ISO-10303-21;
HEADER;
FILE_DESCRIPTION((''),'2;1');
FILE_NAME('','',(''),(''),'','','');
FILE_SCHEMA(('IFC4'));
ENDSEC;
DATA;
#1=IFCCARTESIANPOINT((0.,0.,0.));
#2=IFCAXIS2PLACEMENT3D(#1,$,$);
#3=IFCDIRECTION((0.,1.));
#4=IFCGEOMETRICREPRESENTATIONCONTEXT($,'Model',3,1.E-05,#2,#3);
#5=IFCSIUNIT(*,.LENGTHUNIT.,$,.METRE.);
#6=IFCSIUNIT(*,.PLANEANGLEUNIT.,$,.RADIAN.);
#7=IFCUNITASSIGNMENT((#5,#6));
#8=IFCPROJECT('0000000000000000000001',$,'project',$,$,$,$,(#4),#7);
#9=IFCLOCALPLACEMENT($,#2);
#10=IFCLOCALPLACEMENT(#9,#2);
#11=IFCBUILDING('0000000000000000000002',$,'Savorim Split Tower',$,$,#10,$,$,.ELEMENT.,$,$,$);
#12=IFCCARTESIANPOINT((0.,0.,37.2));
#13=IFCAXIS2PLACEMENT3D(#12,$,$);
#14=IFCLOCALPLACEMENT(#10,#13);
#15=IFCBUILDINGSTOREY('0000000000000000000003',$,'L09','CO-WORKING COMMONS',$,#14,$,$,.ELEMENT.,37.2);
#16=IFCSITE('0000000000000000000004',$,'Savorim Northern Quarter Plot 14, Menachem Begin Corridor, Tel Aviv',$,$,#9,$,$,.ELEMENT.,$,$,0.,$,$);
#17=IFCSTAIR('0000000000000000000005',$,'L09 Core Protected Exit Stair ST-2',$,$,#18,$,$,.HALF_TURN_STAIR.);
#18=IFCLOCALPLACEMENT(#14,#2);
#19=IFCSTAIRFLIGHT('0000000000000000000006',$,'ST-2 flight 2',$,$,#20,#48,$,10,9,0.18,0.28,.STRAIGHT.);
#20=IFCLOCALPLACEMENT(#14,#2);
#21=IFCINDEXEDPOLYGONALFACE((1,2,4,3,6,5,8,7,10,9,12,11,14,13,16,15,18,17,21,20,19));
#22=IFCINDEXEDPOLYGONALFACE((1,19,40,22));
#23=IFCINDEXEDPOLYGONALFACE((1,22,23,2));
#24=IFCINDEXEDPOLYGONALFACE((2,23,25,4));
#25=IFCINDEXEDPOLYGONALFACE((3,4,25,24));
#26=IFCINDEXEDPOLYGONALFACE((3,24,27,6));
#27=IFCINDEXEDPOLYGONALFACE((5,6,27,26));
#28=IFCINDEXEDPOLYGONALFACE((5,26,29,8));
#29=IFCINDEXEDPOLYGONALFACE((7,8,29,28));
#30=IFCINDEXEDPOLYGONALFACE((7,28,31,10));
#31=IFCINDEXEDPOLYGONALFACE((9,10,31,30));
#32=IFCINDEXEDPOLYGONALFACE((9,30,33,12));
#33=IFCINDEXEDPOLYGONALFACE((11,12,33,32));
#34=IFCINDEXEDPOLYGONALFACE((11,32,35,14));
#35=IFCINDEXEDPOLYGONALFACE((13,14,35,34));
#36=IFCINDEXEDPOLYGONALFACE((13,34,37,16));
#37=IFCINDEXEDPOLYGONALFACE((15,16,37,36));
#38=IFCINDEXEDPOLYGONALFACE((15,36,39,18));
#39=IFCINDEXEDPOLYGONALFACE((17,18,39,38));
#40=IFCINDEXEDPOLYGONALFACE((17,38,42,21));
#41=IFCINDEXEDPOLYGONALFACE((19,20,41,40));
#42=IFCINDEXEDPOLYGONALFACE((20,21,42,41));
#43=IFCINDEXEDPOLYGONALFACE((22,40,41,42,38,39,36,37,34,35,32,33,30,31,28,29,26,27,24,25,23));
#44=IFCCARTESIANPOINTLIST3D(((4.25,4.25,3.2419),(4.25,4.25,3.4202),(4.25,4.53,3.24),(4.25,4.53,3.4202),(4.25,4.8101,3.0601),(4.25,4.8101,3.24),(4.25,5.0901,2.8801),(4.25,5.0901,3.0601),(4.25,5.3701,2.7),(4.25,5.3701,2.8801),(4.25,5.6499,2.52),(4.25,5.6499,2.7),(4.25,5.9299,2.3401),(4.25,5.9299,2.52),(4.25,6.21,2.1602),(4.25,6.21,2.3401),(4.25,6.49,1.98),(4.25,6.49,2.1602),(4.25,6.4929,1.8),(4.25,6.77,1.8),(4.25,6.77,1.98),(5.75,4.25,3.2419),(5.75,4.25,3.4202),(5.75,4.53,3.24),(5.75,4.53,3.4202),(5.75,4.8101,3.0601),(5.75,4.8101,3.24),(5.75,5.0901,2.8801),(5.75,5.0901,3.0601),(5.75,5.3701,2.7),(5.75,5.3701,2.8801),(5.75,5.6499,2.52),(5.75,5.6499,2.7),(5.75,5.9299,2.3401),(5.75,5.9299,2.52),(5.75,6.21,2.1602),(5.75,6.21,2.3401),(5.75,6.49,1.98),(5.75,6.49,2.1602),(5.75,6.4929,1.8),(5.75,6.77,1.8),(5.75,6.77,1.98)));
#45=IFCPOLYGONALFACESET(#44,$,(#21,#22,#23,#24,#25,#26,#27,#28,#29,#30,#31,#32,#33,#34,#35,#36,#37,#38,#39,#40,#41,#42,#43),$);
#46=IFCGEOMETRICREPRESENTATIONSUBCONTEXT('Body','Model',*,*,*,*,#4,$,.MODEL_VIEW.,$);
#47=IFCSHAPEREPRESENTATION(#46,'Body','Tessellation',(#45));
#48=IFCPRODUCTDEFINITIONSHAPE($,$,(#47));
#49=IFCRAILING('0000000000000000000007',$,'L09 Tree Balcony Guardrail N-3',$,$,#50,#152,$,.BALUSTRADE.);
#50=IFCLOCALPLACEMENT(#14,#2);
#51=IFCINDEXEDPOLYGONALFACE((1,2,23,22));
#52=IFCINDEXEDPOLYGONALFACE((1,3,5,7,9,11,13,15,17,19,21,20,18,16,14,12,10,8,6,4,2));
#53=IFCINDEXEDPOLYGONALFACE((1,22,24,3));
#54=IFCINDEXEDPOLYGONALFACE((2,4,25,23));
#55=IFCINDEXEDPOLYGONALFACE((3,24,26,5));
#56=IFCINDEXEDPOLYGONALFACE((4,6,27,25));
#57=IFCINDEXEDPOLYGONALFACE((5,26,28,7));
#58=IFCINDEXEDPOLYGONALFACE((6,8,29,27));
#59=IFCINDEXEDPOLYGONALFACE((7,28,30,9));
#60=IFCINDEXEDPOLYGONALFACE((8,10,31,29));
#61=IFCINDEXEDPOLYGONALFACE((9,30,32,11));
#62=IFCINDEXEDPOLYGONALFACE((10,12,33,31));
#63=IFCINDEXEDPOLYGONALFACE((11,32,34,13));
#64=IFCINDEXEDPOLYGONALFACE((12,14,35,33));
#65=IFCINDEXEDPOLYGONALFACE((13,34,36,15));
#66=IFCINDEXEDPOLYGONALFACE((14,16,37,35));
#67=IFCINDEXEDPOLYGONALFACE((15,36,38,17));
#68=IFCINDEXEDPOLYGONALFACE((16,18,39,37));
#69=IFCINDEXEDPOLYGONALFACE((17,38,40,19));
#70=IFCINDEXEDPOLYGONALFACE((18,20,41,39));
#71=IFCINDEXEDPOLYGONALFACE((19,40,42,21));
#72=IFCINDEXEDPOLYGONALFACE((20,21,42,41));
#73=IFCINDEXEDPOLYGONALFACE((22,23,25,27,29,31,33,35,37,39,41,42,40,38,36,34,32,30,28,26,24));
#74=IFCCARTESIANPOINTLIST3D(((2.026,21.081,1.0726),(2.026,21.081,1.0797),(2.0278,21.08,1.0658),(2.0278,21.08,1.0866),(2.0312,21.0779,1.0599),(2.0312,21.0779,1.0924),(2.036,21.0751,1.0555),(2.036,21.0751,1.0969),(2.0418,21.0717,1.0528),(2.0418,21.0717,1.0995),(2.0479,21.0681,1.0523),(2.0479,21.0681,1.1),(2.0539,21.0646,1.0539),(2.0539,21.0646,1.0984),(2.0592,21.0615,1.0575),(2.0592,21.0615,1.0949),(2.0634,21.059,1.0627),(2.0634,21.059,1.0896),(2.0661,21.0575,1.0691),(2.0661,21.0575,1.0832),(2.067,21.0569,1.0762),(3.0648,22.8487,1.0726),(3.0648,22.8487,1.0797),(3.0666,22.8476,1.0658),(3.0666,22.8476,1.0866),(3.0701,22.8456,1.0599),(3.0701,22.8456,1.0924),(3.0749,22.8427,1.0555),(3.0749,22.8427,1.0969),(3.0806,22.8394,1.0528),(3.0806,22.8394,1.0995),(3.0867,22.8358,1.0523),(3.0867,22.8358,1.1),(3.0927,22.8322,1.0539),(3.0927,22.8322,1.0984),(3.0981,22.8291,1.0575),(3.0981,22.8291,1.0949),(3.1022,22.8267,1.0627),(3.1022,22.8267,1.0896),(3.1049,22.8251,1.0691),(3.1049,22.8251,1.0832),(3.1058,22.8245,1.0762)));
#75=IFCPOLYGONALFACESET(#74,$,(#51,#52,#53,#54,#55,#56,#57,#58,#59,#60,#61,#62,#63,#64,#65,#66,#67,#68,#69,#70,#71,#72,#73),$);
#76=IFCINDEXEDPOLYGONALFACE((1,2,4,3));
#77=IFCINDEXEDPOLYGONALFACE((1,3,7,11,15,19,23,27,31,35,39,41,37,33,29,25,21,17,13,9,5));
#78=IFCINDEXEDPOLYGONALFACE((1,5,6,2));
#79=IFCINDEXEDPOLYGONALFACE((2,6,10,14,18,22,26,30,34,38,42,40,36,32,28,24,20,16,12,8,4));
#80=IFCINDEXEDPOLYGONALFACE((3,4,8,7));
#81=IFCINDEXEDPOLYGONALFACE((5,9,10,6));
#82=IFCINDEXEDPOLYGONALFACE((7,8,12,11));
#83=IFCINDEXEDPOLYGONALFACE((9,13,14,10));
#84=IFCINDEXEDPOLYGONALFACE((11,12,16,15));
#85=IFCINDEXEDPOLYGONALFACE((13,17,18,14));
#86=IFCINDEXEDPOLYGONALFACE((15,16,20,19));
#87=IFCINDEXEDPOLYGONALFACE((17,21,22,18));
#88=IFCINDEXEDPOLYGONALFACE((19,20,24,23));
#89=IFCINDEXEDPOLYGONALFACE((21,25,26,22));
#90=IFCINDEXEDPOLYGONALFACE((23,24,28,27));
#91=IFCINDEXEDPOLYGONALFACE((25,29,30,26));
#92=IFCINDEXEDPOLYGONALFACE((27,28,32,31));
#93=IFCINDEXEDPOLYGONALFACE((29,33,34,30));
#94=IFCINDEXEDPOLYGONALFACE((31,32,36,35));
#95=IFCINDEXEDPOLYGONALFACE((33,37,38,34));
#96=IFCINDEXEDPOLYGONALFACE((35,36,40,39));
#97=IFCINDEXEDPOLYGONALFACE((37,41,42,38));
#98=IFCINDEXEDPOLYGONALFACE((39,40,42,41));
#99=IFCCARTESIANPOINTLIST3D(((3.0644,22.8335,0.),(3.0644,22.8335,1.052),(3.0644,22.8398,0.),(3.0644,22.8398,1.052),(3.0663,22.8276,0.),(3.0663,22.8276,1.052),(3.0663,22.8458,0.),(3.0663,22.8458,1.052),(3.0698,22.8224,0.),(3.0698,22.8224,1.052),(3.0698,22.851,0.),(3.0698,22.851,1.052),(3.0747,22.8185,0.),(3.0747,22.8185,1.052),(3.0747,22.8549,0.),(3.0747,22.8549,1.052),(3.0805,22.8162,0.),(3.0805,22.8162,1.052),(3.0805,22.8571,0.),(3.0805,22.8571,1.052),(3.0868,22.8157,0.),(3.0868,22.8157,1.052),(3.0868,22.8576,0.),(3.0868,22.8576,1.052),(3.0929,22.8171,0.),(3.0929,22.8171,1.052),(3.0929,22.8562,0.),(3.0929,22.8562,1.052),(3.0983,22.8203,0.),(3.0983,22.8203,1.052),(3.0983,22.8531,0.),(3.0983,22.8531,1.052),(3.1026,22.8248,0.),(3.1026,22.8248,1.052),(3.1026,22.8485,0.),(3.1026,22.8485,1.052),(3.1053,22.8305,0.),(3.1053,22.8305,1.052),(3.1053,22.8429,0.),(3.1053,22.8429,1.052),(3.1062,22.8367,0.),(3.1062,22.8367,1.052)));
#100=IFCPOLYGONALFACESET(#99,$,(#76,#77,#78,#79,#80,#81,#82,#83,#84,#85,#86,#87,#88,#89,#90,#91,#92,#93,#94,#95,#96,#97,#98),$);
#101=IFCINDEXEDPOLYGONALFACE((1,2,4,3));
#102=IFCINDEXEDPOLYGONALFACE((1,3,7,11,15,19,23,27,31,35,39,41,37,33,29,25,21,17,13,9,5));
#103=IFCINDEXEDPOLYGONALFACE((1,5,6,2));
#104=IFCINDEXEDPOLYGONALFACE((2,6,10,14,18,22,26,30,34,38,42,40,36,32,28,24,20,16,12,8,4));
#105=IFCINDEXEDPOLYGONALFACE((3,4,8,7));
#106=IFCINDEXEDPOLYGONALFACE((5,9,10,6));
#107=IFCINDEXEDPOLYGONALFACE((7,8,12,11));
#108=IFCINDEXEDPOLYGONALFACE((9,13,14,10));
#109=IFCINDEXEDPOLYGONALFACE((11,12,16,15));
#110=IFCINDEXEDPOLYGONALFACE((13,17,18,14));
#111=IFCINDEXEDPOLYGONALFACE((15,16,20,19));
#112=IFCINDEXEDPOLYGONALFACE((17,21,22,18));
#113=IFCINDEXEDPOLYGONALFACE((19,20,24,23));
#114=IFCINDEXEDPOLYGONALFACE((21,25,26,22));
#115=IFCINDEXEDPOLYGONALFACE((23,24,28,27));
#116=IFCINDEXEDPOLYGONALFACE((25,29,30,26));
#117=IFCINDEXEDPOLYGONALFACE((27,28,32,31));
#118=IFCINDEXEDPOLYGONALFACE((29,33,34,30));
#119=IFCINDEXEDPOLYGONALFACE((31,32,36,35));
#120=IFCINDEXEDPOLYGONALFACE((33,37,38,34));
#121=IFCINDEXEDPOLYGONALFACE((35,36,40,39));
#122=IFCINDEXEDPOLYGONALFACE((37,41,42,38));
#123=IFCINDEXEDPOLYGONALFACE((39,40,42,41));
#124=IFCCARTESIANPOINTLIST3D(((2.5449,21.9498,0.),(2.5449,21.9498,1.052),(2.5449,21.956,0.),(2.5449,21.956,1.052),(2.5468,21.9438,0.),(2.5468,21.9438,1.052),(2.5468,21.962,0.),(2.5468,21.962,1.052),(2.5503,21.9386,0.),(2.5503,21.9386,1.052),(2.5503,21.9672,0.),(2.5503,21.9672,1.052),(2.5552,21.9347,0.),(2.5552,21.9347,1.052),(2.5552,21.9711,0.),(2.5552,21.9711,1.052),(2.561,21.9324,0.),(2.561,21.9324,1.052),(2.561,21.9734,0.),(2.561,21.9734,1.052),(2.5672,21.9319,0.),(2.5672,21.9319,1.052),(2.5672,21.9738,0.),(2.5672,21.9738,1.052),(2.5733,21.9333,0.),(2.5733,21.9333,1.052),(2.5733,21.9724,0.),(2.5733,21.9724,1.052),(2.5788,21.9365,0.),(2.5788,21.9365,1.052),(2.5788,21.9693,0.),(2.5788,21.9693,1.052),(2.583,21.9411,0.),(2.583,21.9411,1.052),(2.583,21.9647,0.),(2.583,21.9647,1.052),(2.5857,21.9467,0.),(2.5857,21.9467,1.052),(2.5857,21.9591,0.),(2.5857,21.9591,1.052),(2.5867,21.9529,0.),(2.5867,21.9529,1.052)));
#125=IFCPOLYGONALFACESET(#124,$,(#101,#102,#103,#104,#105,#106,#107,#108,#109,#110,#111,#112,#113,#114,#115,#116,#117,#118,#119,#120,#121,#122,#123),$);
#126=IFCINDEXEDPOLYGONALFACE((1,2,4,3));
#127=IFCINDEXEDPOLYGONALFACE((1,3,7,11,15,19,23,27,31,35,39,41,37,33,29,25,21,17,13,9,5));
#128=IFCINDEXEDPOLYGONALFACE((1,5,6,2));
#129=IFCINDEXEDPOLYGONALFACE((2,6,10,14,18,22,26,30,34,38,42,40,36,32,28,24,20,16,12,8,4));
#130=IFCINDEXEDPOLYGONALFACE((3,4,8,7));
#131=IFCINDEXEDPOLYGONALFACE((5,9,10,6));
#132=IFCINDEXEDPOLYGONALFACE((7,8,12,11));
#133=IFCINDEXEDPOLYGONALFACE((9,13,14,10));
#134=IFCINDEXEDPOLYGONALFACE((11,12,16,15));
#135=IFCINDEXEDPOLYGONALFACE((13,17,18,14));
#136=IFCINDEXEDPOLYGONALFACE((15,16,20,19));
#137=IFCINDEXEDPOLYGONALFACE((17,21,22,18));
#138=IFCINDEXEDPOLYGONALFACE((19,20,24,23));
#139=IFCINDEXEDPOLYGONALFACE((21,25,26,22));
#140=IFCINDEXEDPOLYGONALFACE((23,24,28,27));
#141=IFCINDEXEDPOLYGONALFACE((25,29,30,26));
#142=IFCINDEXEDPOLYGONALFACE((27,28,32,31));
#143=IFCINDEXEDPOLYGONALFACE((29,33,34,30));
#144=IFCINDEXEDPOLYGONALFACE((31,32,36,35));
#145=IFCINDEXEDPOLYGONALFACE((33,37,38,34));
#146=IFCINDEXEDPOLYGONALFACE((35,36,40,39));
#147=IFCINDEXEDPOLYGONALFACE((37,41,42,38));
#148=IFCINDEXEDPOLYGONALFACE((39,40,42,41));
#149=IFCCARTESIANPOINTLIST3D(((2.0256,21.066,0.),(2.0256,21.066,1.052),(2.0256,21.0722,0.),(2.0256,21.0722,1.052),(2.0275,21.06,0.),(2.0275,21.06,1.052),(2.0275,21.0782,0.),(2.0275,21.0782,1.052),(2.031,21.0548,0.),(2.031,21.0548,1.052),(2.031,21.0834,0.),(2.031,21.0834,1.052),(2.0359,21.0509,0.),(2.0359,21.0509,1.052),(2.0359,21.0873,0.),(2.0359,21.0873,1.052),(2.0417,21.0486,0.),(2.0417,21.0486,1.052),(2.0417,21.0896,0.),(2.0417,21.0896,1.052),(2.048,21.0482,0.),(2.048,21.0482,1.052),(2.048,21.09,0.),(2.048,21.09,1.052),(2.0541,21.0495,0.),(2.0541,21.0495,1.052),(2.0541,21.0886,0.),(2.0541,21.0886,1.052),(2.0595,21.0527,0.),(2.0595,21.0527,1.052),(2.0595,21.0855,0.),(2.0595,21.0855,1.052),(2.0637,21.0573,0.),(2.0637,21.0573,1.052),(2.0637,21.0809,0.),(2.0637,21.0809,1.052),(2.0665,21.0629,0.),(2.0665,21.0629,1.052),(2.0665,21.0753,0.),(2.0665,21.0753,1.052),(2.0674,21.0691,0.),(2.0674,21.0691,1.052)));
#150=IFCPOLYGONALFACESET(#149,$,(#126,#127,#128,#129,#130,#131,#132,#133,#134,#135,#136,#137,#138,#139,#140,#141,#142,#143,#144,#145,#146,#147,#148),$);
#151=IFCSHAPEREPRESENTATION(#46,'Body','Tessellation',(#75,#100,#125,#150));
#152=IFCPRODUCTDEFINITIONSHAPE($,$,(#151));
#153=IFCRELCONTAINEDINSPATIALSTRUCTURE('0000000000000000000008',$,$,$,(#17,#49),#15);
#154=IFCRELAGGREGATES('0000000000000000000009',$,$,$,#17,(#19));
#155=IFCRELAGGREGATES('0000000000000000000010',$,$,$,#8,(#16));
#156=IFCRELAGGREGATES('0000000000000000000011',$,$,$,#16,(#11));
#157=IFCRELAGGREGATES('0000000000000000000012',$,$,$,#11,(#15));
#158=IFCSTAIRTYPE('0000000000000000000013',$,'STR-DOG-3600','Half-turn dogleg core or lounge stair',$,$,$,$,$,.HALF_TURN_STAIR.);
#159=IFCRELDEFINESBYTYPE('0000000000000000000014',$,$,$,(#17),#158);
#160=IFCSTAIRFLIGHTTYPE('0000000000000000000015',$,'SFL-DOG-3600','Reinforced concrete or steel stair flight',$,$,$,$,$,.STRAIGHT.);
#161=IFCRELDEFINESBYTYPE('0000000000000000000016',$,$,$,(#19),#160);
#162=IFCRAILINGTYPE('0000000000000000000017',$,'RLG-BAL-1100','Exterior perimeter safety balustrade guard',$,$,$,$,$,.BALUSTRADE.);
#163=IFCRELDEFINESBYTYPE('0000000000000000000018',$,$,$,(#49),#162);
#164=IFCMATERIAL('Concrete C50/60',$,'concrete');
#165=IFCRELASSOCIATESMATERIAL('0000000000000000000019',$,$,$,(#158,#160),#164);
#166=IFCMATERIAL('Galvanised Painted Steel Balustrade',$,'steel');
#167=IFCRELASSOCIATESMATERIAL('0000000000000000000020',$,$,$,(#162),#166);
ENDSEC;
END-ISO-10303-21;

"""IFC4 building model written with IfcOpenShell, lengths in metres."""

from ifc_helpers import new_model, si_unit, direction, frame, origin, origin_2d, place, context, subcontext, project, spatial, polyline, circle, outline, extrude, material, type_object, element, aggregate, save


model = new_model("IFC4")

# Units and contexts
model_context = context("Model", 3, precision=1e-05, world=origin(), true_north=direction((0.0, 1.0)))
body_context = subcontext(model_context, "Body", "Model", "MODEL_VIEW")
ifc_project = project(units=[si_unit("LENGTHUNIT", "METRE"), si_unit("PLANEANGLEUNIT", "RADIAN")], contexts=[model_context])

# Site, building, storey
site_placement = place(None, origin())
site = spatial("IfcSite", under=ifc_project, at=site_placement, Name="Savorim Northern Quarter Plot 14, Menachem Begin Corridor, Tel Aviv", CompositionType="ELEMENT", RefElevation=0.0)
building_placement = place(site_placement, origin())
building = spatial("IfcBuilding", under=site, at=building_placement, Name="Savorim Split Tower", CompositionType="ELEMENT")
storey_placement = place(building_placement, frame((0.0, 0.0, 37.2)))
storey = spatial("IfcBuildingStorey", under=building, at=storey_placement, Name="L09", Description="CO-WORKING COMMONS", CompositionType="ELEMENT", Elevation=37.2)

# Stair, stair flight
ifc_material_1 = material(Name="Concrete C50/60", Category="concrete")
stair_type = type_object("IfcStairType", Name="STR-DOG-3600", Description="Half-turn dogleg core or lounge stair", PredefinedType="HALF_TURN_STAIR", material=ifc_material_1)
stair_placement = place(storey_placement, origin())
stair = element("IfcStair", 1, at=stair_placement, inside=storey, type_object=stair_type, Name="L09 Core Protected Exit Stair ST-2", PredefinedType="HALF_TURN_STAIR")
stair_flight_type = type_object("IfcStairFlightType", Name="SFL-DOG-3600", Description="Reinforced concrete or steel stair flight", PredefinedType="STRAIGHT", material=ifc_material_1)
stair_flight_placement = place(storey_placement, frame((5.0, 6.77, 1.8), z_axis=(0.0, 0.0, 1.0), x_axis=(0.0, -1.0, 0.0)))
stair_flight = element("IfcStairFlight", 2, at=stair_flight_placement, type_object=stair_flight_type, Name="ST-2 flight 2", NumberOfRisers=10, NumberOfTreads=9, PredefinedType="STRAIGHT", RiserHeight=0.18, TreadLength=0.28, context=body_context, shape_type="SweptSolid", body=[
    extrude(outline(polyline([(0.0, 0.0), (0.0, 0.1799), (0.28, 0.1799), (0.28, 0.3601), (0.5601, 0.3601), (0.5601, 0.54), (0.8401, 0.54), (0.8401, 0.72), (1.1201, 0.72), (1.1201, 0.8999), (1.3999, 0.8999), (1.3999, 1.0801), (1.6799, 1.0801), (1.6799, 1.26), (1.96, 1.26), (1.96, 1.4399), (2.24, 1.4399), (2.24, 1.6201), (2.52, 1.6201), (2.52, 1.8), (2.52, 1.4419), (0.2771, 0.0), (0.0, 0.0)])), frame((0.0, 0.75, 0.0), z_axis=(0.0, -1.0, 0.0), x_axis=(1.0, 0.0, 0.0)), (0.0, 0.0, 1.0), 1.5),
])
aggregate(stair, [stair_flight])

# Railing
ifc_material_2 = material(Name="Galvanised Painted Steel Balustrade", Category="steel")
railing_type_1 = type_object("IfcRailingType", Name="RLG-BAL-1100", Description="Exterior perimeter safety balustrade guard", PredefinedType="BALUSTRADE", material=ifc_material_2)
railing_1_placement = place(storey_placement, frame((3.0852, 22.8367, 0.0)))
element("IfcRailing", 3, at=railing_1_placement, inside=storey, type_object=railing_type_1, Name="L09 Tree Balcony Guardrail N-3", PredefinedType="BALUSTRADE", context=body_context, shape_type="SweptSolid", body=[
    extrude(circle(Radius=0.0239, at=origin_2d()), frame((0.0, 0.0, 1.0762), z_axis=(-0.506682, -0.862133, 0.0), x_axis=(0.862133, -0.506682, 0.0)), (0.0, 0.0, 1.0), 2.0503),
    extrude(circle(Radius=0.021, at=origin_2d()), origin(), (0.0, 0.0, 1.0), 1.052),
    extrude(circle(Radius=0.021, at=origin_2d()), frame((-0.5195, -0.8838, 0.0)), (0.0, 0.0, 1.0), 1.052),
    extrude(circle(Radius=0.021, at=origin_2d()), frame((-1.0388, -1.7676, 0.0)), (0.0, 0.0, 1.0), 1.052),
])

save(model, "model.ifc")
